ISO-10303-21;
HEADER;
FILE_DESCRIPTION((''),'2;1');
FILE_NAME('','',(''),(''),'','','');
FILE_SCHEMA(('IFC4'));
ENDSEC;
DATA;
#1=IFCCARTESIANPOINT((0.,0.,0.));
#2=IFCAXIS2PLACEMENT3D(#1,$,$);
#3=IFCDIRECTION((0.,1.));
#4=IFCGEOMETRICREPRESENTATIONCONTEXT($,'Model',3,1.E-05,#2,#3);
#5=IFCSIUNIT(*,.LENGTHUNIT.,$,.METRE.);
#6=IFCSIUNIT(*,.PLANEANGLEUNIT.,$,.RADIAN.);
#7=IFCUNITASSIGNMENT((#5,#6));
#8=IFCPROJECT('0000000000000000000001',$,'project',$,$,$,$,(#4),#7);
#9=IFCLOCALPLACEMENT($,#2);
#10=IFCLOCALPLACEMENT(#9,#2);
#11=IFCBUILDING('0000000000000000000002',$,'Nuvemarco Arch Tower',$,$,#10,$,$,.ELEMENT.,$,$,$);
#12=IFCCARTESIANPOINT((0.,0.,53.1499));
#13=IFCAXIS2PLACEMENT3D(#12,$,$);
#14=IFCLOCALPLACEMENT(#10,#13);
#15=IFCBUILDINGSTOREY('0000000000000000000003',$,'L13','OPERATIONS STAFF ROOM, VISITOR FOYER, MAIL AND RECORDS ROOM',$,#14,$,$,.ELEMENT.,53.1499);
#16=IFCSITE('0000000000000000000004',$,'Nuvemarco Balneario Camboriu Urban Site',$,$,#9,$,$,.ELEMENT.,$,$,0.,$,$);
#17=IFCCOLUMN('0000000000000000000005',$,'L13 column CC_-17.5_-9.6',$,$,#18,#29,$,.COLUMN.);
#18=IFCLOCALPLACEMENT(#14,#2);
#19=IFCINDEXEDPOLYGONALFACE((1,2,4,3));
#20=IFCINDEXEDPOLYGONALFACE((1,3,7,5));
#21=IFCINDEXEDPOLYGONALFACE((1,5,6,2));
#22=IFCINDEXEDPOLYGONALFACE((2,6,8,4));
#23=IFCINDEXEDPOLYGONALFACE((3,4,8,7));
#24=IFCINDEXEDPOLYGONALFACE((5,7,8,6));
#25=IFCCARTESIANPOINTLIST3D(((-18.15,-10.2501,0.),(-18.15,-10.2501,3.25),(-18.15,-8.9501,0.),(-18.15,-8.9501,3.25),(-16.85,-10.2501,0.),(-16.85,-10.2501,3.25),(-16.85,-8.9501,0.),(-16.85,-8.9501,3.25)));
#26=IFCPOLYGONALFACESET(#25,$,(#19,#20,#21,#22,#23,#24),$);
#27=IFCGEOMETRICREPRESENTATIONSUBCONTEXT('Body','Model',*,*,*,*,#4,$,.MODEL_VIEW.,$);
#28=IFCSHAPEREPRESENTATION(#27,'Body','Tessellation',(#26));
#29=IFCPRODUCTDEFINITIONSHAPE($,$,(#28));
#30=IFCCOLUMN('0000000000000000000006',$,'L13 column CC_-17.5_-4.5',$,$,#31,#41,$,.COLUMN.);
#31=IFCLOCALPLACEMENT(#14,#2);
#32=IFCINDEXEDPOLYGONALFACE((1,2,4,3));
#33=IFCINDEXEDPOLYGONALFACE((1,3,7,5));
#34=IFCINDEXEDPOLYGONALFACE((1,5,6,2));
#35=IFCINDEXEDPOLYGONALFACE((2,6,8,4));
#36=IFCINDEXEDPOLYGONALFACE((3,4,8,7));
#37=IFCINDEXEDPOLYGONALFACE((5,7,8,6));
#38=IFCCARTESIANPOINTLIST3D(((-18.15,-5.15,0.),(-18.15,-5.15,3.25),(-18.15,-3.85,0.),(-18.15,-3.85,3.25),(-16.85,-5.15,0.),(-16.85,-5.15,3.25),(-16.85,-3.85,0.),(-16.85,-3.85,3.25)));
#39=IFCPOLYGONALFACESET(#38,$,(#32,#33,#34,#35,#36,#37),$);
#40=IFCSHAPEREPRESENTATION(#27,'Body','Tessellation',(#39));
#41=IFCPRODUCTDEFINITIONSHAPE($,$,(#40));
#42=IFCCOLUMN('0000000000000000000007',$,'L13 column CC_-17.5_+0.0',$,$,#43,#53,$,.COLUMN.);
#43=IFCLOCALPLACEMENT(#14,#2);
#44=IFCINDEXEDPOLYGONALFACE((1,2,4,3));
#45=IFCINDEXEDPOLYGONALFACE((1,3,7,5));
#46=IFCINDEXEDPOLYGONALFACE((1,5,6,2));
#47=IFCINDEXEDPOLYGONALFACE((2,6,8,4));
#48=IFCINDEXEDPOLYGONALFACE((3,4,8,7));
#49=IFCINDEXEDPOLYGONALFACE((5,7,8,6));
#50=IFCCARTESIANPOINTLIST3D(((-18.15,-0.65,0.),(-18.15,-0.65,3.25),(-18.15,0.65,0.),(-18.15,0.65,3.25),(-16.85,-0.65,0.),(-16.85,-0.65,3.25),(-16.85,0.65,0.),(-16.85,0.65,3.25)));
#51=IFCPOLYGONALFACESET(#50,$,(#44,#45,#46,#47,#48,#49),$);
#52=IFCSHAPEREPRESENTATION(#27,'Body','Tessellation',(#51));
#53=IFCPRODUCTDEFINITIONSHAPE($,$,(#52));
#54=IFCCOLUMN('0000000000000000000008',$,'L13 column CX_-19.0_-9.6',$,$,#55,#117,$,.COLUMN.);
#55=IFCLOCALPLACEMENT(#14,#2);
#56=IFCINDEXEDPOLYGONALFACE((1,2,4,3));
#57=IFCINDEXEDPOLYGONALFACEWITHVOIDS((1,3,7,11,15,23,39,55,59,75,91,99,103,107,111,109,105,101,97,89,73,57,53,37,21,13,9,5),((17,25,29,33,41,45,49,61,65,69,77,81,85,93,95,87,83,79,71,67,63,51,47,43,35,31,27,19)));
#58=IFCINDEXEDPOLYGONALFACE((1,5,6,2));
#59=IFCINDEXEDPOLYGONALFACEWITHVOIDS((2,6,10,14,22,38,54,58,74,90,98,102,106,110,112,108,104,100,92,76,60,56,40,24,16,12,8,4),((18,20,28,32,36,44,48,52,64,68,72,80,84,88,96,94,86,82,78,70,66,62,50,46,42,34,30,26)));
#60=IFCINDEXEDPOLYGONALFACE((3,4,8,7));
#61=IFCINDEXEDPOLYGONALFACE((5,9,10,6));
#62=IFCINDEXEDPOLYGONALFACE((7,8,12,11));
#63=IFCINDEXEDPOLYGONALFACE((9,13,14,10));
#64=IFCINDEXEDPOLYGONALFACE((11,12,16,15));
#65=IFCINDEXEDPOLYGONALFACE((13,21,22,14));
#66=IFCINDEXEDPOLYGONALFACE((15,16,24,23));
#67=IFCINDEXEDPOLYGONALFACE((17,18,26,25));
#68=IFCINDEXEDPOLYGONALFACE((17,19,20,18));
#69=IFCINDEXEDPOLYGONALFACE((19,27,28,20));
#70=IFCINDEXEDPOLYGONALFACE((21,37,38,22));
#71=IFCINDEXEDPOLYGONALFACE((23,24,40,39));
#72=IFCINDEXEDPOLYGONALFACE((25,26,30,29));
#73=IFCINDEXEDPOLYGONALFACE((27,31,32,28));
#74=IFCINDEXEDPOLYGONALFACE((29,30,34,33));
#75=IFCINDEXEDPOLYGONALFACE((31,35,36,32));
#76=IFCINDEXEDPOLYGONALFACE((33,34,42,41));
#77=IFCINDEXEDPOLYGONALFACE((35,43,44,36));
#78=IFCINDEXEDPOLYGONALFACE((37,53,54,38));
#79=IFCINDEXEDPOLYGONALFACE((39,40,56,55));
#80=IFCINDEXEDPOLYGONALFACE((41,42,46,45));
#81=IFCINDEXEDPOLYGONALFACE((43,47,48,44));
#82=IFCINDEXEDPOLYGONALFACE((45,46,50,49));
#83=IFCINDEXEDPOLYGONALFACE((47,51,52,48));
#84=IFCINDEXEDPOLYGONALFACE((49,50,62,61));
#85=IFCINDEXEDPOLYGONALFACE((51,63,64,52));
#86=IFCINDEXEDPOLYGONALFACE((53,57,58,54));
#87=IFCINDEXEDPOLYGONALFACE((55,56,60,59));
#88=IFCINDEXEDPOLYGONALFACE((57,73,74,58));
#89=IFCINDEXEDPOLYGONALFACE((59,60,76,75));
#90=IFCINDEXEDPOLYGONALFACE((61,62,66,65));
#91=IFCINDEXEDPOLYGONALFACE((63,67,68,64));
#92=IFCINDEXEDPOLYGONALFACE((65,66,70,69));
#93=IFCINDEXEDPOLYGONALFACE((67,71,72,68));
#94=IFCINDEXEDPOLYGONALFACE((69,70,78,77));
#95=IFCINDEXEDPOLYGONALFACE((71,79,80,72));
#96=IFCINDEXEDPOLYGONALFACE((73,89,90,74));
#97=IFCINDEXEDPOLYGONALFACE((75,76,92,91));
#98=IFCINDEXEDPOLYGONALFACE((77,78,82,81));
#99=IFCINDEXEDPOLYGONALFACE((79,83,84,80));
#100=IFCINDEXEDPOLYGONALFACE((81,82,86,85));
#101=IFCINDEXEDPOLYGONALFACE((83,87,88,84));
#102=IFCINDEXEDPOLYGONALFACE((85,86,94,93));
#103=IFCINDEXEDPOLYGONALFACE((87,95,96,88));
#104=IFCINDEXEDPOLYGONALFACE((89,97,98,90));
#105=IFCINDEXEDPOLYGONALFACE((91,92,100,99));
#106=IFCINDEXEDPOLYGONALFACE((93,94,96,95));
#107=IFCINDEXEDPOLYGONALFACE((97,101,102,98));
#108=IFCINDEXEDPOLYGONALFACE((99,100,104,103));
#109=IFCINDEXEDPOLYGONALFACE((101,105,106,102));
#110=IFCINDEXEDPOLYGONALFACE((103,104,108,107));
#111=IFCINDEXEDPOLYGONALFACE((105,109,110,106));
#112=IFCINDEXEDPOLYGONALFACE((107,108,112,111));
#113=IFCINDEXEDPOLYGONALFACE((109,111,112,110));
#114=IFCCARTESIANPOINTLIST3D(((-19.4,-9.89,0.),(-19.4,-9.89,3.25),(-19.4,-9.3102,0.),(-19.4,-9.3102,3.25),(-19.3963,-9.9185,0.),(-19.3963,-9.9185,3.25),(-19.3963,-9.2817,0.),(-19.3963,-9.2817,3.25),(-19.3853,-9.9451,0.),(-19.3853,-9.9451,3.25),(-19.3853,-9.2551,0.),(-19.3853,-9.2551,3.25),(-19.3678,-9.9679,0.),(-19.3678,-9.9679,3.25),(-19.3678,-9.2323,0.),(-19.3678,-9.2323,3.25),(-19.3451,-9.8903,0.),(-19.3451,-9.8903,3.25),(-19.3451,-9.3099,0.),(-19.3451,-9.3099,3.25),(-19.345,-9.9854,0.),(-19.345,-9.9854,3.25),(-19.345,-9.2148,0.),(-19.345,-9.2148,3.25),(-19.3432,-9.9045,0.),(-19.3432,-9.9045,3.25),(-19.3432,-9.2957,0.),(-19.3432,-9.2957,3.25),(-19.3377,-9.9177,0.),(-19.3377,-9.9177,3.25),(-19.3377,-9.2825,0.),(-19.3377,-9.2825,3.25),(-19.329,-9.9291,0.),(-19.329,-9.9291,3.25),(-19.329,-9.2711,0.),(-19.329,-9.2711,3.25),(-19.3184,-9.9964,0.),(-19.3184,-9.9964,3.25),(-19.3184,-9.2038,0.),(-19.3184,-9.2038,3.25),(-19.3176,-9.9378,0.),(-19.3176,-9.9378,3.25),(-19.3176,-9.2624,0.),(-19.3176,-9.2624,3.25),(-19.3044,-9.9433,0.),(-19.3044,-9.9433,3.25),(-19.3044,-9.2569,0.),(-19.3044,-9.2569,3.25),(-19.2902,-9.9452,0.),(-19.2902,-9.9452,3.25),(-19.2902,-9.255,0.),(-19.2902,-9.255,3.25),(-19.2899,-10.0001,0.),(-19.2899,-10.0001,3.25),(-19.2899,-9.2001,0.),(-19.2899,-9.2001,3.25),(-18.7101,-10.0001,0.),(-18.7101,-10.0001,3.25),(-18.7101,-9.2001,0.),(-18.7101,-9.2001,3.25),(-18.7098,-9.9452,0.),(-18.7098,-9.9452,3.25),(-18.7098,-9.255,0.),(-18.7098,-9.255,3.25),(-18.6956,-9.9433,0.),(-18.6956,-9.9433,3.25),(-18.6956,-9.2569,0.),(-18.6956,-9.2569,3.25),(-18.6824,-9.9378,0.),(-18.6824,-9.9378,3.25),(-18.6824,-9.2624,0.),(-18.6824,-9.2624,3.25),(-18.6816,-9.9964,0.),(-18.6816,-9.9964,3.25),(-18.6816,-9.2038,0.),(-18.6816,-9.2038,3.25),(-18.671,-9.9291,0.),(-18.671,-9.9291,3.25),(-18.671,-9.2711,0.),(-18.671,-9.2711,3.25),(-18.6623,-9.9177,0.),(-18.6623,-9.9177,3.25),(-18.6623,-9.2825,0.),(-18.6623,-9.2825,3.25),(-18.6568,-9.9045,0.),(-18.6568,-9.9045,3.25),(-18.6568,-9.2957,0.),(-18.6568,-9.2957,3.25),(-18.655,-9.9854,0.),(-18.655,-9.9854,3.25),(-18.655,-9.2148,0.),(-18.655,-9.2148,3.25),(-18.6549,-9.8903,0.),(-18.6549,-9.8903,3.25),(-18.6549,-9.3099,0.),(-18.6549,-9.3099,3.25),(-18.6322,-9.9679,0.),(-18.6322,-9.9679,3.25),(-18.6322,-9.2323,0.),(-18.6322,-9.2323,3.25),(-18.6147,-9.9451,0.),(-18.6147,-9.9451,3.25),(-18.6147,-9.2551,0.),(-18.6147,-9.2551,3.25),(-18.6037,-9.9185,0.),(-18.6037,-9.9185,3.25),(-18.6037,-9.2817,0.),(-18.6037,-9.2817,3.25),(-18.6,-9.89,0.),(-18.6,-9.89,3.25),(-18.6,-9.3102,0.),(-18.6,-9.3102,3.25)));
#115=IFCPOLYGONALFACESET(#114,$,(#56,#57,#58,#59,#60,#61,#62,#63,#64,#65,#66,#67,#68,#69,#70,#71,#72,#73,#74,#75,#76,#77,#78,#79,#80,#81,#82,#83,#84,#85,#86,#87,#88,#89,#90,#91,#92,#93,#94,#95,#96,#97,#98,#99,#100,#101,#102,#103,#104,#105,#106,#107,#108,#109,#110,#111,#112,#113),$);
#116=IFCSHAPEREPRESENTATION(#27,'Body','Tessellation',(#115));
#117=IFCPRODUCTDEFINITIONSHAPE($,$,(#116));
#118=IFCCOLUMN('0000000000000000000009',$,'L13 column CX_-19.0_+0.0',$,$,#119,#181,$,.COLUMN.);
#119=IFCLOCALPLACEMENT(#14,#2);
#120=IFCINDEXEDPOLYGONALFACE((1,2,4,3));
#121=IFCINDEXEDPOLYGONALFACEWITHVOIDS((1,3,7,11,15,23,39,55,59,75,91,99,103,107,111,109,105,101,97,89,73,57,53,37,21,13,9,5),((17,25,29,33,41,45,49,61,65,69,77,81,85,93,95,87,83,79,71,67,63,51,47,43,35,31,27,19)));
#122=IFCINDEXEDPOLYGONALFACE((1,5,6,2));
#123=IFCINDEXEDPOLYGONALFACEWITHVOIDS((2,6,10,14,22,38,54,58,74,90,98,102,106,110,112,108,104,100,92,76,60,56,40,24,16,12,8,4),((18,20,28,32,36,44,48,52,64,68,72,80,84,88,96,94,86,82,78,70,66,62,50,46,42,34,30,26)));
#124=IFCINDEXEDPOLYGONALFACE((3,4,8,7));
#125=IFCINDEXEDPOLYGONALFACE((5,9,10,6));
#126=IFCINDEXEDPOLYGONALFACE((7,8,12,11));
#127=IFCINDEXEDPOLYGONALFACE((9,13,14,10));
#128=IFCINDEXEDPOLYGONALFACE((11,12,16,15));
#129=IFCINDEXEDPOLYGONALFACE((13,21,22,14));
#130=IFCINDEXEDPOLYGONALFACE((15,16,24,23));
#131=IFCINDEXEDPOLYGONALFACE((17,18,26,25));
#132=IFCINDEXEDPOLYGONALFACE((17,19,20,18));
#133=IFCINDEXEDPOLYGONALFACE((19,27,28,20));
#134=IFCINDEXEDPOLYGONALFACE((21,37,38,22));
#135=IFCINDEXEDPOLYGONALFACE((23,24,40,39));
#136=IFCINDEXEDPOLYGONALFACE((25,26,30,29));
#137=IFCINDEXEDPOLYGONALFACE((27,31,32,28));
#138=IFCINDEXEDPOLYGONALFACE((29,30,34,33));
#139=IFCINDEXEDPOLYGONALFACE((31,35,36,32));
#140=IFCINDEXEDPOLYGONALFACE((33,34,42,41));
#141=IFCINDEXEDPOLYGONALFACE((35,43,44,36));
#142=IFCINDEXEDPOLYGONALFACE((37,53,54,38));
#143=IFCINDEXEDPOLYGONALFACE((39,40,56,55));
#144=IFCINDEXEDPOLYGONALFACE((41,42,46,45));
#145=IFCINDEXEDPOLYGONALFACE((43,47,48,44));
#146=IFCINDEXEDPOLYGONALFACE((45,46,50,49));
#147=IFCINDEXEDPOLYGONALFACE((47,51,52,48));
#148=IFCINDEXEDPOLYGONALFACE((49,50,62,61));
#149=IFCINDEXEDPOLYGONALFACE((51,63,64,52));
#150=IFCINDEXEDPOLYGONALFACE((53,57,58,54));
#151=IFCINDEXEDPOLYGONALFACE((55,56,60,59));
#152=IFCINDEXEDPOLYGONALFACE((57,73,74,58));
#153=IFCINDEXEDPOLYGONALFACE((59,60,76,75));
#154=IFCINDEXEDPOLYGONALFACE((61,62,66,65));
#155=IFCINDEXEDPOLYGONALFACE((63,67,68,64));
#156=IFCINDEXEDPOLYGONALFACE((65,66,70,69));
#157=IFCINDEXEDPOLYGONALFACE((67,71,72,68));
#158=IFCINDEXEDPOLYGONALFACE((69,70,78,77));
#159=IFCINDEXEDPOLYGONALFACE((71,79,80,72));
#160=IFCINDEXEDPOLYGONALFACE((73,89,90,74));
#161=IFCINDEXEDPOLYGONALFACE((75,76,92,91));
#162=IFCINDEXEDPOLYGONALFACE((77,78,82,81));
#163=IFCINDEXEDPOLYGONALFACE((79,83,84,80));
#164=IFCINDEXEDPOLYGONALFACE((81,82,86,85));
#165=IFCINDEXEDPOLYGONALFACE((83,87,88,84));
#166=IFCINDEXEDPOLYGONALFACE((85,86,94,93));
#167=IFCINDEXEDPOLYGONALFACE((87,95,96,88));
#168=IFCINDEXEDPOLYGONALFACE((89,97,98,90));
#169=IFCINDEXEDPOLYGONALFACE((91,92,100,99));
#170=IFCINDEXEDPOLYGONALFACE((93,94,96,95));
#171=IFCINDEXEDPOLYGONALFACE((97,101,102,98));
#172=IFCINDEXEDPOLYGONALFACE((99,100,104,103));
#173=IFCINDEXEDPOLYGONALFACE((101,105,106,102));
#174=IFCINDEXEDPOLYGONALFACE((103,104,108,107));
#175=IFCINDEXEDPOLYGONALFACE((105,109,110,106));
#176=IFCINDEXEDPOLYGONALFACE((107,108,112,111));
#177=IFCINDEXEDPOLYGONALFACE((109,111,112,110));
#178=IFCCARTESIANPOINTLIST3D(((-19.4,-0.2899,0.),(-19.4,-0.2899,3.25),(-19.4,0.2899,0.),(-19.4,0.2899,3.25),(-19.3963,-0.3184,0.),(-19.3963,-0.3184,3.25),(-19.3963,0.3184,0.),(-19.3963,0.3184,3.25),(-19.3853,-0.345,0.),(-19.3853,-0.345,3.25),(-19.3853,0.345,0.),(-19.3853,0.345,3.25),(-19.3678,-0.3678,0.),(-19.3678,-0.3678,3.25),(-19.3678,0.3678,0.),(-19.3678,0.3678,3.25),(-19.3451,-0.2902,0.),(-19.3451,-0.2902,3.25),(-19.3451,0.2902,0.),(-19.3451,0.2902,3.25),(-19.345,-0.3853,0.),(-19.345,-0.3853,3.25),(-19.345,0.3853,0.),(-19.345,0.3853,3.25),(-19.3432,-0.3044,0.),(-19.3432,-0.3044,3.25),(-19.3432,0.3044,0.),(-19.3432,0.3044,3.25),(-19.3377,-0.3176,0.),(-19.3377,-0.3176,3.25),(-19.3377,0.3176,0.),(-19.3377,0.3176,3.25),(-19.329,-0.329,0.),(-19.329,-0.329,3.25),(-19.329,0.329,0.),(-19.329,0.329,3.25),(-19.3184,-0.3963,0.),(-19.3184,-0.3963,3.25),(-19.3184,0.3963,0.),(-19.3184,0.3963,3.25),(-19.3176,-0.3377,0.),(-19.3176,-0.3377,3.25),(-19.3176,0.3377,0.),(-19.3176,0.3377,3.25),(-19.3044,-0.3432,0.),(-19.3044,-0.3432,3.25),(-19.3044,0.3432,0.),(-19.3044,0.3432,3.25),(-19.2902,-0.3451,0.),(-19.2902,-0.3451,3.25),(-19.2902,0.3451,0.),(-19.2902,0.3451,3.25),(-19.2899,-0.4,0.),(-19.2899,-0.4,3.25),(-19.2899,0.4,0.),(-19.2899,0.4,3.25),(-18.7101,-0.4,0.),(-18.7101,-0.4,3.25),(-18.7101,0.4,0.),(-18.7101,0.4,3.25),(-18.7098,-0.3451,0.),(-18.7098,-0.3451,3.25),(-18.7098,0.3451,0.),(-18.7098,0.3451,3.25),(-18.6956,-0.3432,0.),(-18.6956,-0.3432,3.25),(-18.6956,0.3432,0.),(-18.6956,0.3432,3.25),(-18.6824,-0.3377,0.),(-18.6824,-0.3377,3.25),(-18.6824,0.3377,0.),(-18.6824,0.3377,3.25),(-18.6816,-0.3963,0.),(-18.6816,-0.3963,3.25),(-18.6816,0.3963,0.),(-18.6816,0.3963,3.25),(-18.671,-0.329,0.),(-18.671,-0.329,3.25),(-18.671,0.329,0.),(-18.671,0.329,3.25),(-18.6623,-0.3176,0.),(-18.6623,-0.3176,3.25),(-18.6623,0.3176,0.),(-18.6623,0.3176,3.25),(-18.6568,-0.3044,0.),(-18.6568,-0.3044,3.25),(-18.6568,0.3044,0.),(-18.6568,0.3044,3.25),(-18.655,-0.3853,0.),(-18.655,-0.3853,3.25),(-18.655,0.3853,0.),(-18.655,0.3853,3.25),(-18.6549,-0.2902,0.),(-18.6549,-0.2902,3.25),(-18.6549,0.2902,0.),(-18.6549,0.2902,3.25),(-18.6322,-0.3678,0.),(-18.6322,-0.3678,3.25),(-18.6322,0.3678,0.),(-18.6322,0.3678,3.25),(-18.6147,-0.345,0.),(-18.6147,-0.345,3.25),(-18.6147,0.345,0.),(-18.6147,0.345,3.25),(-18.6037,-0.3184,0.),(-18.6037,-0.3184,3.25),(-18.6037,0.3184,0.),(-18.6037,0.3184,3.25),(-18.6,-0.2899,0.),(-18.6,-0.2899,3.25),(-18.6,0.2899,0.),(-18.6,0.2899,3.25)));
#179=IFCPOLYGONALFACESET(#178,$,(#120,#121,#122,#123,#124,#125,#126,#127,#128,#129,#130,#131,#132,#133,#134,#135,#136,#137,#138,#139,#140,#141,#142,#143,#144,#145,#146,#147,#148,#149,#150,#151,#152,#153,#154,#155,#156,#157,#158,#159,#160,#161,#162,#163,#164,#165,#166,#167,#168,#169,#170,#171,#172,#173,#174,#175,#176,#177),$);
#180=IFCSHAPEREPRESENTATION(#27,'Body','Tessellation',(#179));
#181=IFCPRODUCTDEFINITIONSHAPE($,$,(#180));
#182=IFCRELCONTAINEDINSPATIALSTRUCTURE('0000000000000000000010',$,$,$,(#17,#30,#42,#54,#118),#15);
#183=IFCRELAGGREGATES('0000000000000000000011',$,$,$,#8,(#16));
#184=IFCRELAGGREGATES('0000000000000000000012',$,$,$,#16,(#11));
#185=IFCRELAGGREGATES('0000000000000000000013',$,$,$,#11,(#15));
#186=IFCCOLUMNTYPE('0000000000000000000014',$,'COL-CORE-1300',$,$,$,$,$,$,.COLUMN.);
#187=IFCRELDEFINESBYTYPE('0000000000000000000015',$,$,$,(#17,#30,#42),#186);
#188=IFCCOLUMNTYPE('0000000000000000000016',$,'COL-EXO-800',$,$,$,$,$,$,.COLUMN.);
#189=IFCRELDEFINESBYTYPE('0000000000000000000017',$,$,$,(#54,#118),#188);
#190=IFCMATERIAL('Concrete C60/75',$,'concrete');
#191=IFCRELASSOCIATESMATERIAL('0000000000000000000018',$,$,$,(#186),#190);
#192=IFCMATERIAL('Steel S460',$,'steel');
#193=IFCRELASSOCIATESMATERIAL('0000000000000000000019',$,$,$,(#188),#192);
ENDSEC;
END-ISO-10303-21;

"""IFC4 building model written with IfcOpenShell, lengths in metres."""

from ifc_helpers import new_model, si_unit, direction, frame, origin, origin_2d, place, context, subcontext, project, spatial, rectangle, hollow_rectangle, extrude, material, material_profile, profile_set, type_object, element, save


model = new_model("IFC4")

# Units and contexts
model_context = context("Model", 3, precision=1e-05, world=origin(), true_north=direction((0.0, 1.0)))
body_context = subcontext(model_context, "Body", "Model", "MODEL_VIEW")
ifc_project = project(units=[si_unit("LENGTHUNIT", "METRE"), si_unit("PLANEANGLEUNIT", "RADIAN")], contexts=[model_context])

# Site, building, storey
site_placement = place(None, origin())
site = spatial("IfcSite", under=ifc_project, at=site_placement, Name="Nuvemarco Balneario Camboriu Urban Site", CompositionType="ELEMENT", RefElevation=0.0)
building_placement = place(site_placement, origin())
building = spatial("IfcBuilding", under=site, at=building_placement, Name="Nuvemarco Arch Tower", CompositionType="ELEMENT")
storey_placement = place(building_placement, frame((0.0, 0.0, 53.1499)))
storey = spatial("IfcBuildingStorey", under=building, at=storey_placement, Name="L13", Description="OPERATIONS STAFF ROOM, VISITOR FOYER, MAIL AND RECORDS ROOM", CompositionType="ELEMENT", Elevation=53.1499)

# Columns
ifc_material_1 = material(Name="Concrete C60/75", Category="concrete")
ifc_material_profile_1 = material_profile(ifc_material_1, rectangle(XDim=1.3, YDim=1.3, at=origin_2d()), Name="RC-COL-1300x1300")
ifc_profile_set_1 = profile_set([ifc_material_profile_1], Name="Concrete C60/75")
column_type_1 = type_object("IfcColumnType", Name="COL-CORE-1300", PredefinedType="COLUMN", material=ifc_profile_set_1)
for number, where, z_axis, x_axis, name in (
    (1, (-17.5, -9.6001, 0.0), (0.0, 0.0, 1.0), (1.0, 0.0, 0.0), "L13 column CC_-17.5_-9.6"),
    (2, (-17.5, -4.5, 0.0), (0.0, 0.0, 1.0), (1.0, 0.0, 0.0), "L13 column CC_-17.5_-4.5"),
    (3, (-17.5, 0.0, 0.0), (0.0, 0.0, 1.0), (1.0, 0.0, 0.0), "L13 column CC_-17.5_+0.0"),
):
    element("IfcColumn", number, at=place(storey_placement, frame(where, z_axis=z_axis, x_axis=x_axis)), inside=storey, type_object=column_type_1, Name=name, PredefinedType="COLUMN", context=body_context, shape_type="SweptSolid", body=[
        extrude(rectangle(XDim=1.3, YDim=1.3, at=origin_2d()), origin(), (0.0, 0.0, 1.0), 3.25),
    ])
ifc_material_2 = material(Name="Steel S460", Category="steel")
ifc_material_profile_2 = material_profile(ifc_material_2, hollow_rectangle(XDim=0.8, YDim=0.8, WallThickness=0.0549, InnerFilletRadius=0.0549, OuterFilletRadius=0.1101, at=origin_2d()), Name="SHS800x800x55")
ifc_profile_set_2 = profile_set([ifc_material_profile_2], Name="Steel S460")
column_type_2 = type_object("IfcColumnType", Name="COL-EXO-800", PredefinedType="COLUMN", material=ifc_profile_set_2)
for number, where, z_axis, x_axis, name in (
    (4, (-19.0, -9.6001, 0.0), (0.0, 0.0, 1.0), (1.0, 0.0, 0.0), "L13 column CX_-19.0_-9.6"),
    (5, (-19.0, 0.0, 0.0), (0.0, 0.0, 1.0), (1.0, 0.0, 0.0), "L13 column CX_-19.0_+0.0"),
):
    element("IfcColumn", number, at=place(storey_placement, frame(where, z_axis=z_axis, x_axis=x_axis)), inside=storey, type_object=column_type_2, Name=name, PredefinedType="COLUMN", context=body_context, shape_type="SweptSolid", body=[
        extrude(hollow_rectangle(XDim=0.8, YDim=0.8, WallThickness=0.0549, InnerFilletRadius=0.0549, OuterFilletRadius=0.1101, at=origin_2d()), origin(), (0.0, 0.0, 1.0), 3.25),
    ])

save(model, "model.ifc")
